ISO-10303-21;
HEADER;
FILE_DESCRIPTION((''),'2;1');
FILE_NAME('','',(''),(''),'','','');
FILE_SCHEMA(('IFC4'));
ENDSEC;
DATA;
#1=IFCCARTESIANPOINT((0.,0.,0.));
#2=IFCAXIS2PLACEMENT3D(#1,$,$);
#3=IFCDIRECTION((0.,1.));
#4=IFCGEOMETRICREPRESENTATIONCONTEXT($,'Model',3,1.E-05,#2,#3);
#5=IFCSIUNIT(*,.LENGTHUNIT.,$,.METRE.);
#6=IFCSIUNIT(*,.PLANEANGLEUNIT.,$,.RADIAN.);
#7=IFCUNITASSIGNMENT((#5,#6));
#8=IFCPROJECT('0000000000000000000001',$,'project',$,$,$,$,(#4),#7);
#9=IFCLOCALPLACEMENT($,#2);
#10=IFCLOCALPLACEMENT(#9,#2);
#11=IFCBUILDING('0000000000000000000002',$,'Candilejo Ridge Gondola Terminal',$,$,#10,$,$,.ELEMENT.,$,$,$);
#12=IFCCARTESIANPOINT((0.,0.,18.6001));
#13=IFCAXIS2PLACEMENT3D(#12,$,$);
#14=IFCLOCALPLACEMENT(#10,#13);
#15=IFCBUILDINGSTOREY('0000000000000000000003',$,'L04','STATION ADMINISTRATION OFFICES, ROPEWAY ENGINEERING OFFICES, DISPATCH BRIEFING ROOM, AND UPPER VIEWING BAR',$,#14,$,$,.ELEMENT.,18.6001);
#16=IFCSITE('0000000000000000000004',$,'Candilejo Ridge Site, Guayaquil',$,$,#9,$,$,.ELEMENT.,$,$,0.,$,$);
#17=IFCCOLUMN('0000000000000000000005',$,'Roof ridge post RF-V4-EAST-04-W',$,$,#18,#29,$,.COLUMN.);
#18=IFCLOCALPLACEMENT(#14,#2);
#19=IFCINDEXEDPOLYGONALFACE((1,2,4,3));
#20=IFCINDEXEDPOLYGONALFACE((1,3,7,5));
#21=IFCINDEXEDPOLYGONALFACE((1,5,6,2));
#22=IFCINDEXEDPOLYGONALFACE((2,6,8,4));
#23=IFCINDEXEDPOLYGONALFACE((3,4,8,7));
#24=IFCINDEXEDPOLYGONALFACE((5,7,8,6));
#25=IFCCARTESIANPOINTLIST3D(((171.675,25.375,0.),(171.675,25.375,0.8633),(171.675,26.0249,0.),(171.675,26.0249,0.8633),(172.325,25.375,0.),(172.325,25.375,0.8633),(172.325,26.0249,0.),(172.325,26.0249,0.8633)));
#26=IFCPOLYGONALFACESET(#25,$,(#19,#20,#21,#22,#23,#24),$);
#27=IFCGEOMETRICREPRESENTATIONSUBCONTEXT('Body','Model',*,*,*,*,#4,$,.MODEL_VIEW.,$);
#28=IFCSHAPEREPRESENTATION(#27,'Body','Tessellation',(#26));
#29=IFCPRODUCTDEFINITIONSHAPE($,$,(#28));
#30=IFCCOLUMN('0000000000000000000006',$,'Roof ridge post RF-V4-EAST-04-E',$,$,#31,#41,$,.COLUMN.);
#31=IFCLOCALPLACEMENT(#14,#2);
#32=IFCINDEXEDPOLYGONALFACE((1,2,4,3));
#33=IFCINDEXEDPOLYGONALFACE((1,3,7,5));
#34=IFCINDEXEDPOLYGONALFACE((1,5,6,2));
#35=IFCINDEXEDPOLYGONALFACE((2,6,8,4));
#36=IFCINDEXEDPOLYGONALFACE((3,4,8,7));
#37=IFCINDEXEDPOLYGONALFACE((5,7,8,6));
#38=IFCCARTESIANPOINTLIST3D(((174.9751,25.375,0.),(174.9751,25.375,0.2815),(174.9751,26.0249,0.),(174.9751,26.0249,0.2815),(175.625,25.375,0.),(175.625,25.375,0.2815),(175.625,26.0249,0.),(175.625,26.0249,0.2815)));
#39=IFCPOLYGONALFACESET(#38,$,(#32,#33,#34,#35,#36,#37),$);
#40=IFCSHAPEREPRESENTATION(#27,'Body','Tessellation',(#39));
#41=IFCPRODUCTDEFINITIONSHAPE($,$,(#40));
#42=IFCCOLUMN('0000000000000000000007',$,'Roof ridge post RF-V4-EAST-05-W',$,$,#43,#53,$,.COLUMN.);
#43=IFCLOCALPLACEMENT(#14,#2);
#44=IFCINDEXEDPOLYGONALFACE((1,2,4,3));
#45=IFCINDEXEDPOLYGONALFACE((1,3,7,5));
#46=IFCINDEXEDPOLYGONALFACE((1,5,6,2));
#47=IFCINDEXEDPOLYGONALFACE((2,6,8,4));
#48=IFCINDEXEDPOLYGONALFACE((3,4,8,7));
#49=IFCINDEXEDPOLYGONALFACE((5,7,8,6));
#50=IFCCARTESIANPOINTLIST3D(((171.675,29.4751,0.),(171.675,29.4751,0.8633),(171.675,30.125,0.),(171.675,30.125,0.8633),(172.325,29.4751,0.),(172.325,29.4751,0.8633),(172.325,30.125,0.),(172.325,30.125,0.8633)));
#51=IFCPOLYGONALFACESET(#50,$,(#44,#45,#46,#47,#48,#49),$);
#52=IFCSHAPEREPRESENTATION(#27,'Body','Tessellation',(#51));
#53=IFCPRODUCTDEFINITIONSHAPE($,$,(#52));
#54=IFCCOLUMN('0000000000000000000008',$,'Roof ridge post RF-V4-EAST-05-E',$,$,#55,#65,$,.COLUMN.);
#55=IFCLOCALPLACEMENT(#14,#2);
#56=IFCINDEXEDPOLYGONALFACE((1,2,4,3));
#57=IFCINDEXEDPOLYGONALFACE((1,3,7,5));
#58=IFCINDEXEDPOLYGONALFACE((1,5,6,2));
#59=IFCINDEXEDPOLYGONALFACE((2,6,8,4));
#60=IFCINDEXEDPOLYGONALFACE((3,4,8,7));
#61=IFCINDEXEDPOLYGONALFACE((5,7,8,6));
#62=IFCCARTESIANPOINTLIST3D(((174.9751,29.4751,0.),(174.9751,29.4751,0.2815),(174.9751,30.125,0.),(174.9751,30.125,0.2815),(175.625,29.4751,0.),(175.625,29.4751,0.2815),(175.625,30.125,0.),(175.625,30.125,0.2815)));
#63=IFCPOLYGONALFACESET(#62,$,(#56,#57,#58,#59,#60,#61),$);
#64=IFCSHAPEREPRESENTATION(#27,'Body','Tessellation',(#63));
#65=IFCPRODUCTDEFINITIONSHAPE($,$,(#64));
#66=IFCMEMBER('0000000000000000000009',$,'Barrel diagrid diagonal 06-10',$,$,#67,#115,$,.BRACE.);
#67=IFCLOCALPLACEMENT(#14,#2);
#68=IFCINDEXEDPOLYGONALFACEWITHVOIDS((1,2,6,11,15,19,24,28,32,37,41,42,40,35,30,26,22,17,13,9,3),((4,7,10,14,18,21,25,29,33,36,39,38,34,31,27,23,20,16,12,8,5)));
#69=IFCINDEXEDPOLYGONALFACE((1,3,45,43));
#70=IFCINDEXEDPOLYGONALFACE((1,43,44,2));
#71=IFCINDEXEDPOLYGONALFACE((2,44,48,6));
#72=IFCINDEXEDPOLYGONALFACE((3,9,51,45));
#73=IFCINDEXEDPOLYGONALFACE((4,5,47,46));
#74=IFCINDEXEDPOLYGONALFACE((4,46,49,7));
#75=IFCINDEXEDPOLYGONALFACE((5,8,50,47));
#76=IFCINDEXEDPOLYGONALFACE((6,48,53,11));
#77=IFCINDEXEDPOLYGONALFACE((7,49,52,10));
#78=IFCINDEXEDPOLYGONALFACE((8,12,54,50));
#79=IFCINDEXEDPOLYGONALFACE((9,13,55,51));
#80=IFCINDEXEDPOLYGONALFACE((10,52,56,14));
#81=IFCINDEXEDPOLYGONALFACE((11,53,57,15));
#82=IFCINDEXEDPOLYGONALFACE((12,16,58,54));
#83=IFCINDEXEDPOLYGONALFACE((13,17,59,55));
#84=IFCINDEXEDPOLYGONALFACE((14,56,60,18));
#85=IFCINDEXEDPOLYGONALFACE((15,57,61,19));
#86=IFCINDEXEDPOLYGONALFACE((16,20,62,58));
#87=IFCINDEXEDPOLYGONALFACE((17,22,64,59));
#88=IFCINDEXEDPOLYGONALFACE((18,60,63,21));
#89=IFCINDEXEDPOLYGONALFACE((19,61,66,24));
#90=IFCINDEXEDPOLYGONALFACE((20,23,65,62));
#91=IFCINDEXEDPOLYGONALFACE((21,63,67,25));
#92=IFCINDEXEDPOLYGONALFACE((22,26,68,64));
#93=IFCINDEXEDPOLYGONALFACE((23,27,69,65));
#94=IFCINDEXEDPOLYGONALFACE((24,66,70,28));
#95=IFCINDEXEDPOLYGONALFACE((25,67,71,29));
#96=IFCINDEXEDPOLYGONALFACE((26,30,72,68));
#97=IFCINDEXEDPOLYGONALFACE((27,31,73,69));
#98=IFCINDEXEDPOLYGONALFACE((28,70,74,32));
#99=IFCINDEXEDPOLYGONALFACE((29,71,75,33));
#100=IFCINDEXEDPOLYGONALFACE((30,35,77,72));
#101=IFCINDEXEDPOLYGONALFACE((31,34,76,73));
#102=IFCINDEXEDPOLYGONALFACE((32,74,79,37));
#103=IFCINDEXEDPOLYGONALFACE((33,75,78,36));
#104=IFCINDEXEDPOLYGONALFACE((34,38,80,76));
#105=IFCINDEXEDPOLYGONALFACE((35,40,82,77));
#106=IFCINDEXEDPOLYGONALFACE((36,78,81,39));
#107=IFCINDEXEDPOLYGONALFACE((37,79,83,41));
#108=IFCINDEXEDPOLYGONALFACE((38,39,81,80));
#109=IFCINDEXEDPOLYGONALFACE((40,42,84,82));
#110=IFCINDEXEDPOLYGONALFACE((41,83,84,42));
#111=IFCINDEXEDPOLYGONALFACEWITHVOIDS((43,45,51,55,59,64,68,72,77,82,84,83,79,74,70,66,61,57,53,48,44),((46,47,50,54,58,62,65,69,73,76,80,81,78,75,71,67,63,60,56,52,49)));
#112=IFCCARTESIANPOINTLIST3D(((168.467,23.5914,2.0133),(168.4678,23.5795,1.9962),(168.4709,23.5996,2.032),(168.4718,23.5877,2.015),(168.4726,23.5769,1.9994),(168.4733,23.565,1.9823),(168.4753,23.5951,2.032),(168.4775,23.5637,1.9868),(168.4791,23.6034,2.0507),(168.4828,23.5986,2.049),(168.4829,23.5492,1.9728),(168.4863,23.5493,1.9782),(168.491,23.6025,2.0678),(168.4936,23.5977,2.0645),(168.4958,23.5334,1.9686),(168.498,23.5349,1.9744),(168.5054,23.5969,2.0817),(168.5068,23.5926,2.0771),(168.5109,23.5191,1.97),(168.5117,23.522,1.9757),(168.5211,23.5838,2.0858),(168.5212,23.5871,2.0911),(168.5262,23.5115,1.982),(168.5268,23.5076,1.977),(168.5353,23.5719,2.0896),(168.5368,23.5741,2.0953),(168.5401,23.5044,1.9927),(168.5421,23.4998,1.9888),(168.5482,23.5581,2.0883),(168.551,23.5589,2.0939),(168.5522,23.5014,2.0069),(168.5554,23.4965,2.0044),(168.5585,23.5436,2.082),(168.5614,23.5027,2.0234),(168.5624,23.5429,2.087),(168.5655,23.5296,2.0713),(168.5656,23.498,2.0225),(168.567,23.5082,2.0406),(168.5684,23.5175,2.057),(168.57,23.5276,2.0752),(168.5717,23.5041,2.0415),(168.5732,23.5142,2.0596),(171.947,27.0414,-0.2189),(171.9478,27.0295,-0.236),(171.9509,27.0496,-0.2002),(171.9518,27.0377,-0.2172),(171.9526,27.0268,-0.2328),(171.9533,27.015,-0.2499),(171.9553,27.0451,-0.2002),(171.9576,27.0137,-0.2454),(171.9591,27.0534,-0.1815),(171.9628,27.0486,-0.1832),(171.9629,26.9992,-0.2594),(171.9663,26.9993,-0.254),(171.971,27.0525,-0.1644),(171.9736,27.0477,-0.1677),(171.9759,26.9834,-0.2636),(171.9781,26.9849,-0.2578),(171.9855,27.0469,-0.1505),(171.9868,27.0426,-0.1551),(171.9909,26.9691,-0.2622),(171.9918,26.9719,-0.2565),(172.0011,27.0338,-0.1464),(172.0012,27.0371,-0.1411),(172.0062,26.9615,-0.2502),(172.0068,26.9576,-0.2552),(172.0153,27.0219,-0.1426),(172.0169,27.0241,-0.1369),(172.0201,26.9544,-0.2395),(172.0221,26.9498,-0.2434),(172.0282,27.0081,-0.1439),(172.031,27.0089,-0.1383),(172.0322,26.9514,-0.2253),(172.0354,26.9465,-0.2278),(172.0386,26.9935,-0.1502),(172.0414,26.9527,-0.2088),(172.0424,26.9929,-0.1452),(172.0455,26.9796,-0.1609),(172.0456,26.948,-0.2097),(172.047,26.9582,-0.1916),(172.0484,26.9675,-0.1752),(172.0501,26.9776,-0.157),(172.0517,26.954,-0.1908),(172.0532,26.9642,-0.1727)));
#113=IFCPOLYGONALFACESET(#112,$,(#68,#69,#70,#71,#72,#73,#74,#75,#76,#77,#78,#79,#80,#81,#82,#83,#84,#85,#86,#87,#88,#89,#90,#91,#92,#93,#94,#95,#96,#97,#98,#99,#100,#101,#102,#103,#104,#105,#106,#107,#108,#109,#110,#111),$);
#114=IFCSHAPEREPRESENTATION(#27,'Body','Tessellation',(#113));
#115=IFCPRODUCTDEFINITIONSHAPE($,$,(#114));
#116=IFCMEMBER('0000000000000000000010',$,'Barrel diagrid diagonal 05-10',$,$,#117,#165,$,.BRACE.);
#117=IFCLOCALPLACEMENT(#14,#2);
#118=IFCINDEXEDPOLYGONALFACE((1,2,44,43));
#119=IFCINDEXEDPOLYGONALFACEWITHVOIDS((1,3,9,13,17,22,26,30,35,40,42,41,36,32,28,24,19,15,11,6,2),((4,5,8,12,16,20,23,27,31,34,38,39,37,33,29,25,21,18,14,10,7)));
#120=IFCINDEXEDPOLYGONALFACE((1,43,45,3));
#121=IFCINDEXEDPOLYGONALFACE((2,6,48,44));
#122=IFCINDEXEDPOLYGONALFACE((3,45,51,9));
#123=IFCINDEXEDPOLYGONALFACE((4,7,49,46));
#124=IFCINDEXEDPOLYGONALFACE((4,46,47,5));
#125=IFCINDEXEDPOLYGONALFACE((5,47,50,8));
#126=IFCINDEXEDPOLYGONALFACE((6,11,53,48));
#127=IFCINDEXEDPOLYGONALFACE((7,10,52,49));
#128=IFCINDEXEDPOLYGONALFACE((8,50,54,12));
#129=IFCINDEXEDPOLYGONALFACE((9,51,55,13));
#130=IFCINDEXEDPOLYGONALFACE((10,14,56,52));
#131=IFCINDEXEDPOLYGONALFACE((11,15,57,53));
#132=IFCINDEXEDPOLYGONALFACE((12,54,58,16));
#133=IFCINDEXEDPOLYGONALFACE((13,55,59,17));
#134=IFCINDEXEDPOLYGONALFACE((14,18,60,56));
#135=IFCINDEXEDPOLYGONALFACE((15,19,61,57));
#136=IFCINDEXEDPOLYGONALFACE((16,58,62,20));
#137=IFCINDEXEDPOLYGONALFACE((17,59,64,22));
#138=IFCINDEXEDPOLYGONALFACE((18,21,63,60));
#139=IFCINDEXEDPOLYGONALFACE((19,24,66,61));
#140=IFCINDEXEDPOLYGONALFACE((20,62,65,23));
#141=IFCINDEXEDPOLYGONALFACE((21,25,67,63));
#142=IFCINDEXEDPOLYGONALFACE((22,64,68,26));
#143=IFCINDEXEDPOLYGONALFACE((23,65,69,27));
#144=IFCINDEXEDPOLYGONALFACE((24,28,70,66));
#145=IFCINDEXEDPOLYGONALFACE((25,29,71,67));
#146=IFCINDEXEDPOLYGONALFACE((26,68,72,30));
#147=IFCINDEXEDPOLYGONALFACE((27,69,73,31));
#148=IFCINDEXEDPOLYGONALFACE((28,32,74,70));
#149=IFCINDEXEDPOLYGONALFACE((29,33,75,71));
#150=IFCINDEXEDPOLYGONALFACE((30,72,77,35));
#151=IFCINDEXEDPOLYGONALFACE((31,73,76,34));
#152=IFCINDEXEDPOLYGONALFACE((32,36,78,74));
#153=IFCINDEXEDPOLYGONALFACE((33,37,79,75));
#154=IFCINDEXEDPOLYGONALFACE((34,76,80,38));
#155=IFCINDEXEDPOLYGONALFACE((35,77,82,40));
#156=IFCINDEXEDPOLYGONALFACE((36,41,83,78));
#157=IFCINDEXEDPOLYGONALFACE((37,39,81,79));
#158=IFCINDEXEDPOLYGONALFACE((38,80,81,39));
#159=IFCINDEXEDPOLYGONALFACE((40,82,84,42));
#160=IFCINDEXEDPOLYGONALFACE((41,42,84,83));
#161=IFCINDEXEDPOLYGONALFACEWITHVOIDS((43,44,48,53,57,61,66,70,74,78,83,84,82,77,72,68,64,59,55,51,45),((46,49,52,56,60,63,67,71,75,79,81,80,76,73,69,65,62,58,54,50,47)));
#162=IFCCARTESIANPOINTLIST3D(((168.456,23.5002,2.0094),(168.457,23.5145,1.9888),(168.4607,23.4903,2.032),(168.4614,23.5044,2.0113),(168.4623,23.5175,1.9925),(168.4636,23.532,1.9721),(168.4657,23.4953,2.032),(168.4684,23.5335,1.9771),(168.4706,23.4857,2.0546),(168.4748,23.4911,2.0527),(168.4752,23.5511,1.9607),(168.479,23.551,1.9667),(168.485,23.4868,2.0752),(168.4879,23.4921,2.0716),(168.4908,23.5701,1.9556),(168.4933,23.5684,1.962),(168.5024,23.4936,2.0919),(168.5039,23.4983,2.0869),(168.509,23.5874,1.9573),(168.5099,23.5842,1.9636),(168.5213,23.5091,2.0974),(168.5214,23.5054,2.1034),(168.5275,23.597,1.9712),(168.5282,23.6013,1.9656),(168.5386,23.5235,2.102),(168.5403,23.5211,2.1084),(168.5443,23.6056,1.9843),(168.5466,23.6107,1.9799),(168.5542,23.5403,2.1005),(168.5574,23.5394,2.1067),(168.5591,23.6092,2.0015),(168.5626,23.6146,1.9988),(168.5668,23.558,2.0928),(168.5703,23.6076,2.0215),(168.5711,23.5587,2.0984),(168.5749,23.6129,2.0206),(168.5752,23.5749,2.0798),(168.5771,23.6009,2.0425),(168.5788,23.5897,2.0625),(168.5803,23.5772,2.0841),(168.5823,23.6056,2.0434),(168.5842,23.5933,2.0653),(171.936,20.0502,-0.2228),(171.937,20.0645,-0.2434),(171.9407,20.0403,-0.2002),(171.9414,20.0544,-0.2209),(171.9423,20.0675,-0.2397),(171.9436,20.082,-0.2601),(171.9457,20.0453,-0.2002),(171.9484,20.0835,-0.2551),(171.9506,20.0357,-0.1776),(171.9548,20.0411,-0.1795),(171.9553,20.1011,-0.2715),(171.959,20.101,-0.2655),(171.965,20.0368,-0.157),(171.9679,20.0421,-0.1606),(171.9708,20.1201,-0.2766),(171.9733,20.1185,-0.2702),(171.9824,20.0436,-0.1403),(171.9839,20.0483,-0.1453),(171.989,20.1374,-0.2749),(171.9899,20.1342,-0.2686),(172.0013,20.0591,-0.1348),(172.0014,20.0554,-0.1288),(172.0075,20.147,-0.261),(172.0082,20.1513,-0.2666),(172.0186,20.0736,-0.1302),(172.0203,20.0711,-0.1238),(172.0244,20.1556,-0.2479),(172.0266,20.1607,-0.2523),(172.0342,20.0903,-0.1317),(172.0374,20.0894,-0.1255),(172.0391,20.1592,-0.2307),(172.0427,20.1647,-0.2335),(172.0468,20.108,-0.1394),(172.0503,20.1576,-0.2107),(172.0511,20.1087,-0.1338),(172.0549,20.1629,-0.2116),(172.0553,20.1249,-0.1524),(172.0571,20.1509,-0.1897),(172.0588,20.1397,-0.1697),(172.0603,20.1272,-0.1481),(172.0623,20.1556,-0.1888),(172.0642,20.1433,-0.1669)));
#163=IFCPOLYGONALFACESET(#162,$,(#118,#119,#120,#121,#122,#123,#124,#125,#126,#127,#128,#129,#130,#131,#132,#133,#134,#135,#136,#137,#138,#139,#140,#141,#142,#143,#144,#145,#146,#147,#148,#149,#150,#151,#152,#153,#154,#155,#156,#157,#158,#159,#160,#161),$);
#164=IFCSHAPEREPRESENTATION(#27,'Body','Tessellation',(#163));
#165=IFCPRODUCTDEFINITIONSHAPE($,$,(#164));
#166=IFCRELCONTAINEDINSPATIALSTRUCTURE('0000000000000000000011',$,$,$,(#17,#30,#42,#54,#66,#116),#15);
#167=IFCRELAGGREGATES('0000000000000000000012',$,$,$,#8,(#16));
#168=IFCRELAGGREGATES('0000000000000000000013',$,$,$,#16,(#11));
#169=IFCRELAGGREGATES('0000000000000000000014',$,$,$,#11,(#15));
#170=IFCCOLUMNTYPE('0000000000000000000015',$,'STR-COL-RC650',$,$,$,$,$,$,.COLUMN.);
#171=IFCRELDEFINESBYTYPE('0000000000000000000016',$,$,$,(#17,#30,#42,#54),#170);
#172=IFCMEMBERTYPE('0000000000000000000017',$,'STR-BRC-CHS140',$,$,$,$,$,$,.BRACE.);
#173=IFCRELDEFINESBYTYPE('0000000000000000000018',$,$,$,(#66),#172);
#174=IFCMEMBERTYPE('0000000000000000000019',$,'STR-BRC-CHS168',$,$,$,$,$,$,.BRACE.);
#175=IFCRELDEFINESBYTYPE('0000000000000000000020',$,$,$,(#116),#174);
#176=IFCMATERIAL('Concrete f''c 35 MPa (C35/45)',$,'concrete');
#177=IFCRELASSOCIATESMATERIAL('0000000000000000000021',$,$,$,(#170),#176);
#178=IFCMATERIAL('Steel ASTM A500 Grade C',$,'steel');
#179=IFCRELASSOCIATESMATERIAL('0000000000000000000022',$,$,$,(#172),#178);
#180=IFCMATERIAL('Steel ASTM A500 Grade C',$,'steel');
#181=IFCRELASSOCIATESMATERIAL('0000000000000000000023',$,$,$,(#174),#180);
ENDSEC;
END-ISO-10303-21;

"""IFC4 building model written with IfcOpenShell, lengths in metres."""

from ifc_helpers import new_model, si_unit, direction, frame, origin, origin_2d, place, context, subcontext, project, spatial, rectangle, hollow_circle, extrude, material, material_profile, profile_set, type_object, element, save


model = new_model("IFC4")

# Units and contexts
model_context = context("Model", 3, precision=1e-05, world=origin(), true_north=direction((0.0, 1.0)))
body_context = subcontext(model_context, "Body", "Model", "MODEL_VIEW")
ifc_project = project(units=[si_unit("LENGTHUNIT", "METRE"), si_unit("PLANEANGLEUNIT", "RADIAN")], contexts=[model_context])

# Site, building, storey
site_placement = place(None, origin())
site = spatial("IfcSite", under=ifc_project, at=site_placement, Name="Candilejo Ridge Site, Guayaquil", CompositionType="ELEMENT", RefElevation=0.0)
building_placement = place(site_placement, origin())
building = spatial("IfcBuilding", under=site, at=building_placement, Name="Candilejo Ridge Gondola Terminal", CompositionType="ELEMENT")
storey_placement = place(building_placement, frame((0.0, 0.0, 18.6001)))
storey = spatial("IfcBuildingStorey", under=building, at=storey_placement, Name="L04", Description="STATION ADMINISTRATION OFFICES, ROPEWAY ENGINEERING OFFICES, DISPATCH BRIEFING ROOM, AND UPPER VIEWING BAR", CompositionType="ELEMENT", Elevation=18.6001)

# Columns
ifc_material_1 = material(Name="Concrete f'c 35 MPa (C35/45)", Category="concrete")
ifc_material_profile_1 = material_profile(ifc_material_1, rectangle(XDim=0.6499, YDim=0.6499, at=origin_2d()))
ifc_profile_set_1 = profile_set([ifc_material_profile_1], Name="Concrete f'c 35 MPa (C35/45)")
column_type = type_object("IfcColumnType", Name="STR-COL-RC650", PredefinedType="COLUMN", material=ifc_profile_set_1)
column_1_placement = place(storey_placement, frame((172.0, 25.7, 0.0), z_axis=(0.0, 0.0, 1.0), x_axis=(1.0, 0.0, 0.0)))
element("IfcColumn", 1, at=column_1_placement, inside=storey, type_object=column_type, Name="Roof ridge post RF-V4-EAST-04-W", PredefinedType="COLUMN", context=body_context, shape_type="SweptSolid", body=[
    extrude(rectangle(XDim=0.6499, YDim=0.6499, at=origin_2d()), origin(), (0.0, 0.0, 1.0), 0.8633),
])
column_2_placement = place(storey_placement, frame((175.3, 25.7, 0.0), z_axis=(0.0, 0.0, 1.0), x_axis=(1.0, 0.0, 0.0)))
element("IfcColumn", 2, at=column_2_placement, inside=storey, type_object=column_type, Name="Roof ridge post RF-V4-EAST-04-E", PredefinedType="COLUMN", context=body_context, shape_type="SweptSolid", body=[
    extrude(rectangle(XDim=0.6499, YDim=0.6499, at=origin_2d()), origin(), (0.0, 0.0, 1.0), 0.2815),
])
column_3_placement = place(storey_placement, frame((172.0, 29.8, 0.0), z_axis=(0.0, 0.0, 1.0), x_axis=(1.0, 0.0, 0.0)))
element("IfcColumn", 3, at=column_3_placement, inside=storey, type_object=column_type, Name="Roof ridge post RF-V4-EAST-05-W", PredefinedType="COLUMN", context=body_context, shape_type="SweptSolid", body=[
    extrude(rectangle(XDim=0.6499, YDim=0.6499, at=origin_2d()), origin(), (0.0, 0.0, 1.0), 0.8633),
])
column_4_placement = place(storey_placement, frame((175.3, 29.8, 0.0), z_axis=(0.0, 0.0, 1.0), x_axis=(1.0, 0.0, 0.0)))
element("IfcColumn", 4, at=column_4_placement, inside=storey, type_object=column_type, Name="Roof ridge post RF-V4-EAST-05-E", PredefinedType="COLUMN", context=body_context, shape_type="SweptSolid", body=[
    extrude(rectangle(XDim=0.6499, YDim=0.6499, at=origin_2d()), origin(), (0.0, 0.0, 1.0), 0.2815),
])

# Members
ifc_material_2 = material(Name="Steel ASTM A500 Grade C", Category="steel")
ifc_material_profile_2 = material_profile(ifc_material_2, hollow_circle(Radius=0.0698, WallThickness=0.0063, at=origin_2d()))
ifc_profile_set_2 = profile_set([ifc_material_profile_2], Name="Steel ASTM A500 Grade C")
member_type_1 = type_object("IfcMemberType", Name="STR-BRC-CHS140", PredefinedType="BRACE", material=ifc_profile_set_2)
member_1_placement = place(storey_placement, frame((168.52, 23.55, 2.032), z_axis=(0.646271, 0.640695, -0.41454), x_axis=(-0.704036, 0.710164, 0.0)))
element("IfcMember", 5, at=member_1_placement, inside=storey, type_object=member_type_1, Name="Barrel diagrid diagonal 06-10", PredefinedType="BRACE", context=body_context, shape_type="SweptSolid", body=[
    extrude(hollow_circle(Radius=0.0698, WallThickness=0.0063, at=origin_2d()), origin(), (0.0, 0.0, 1.0), 5.3848),
])
ifc_material_3 = material(Name="Steel ASTM A500 Grade C", Category="steel")
ifc_material_profile_3 = material_profile(ifc_material_3, hollow_circle(Radius=0.0842, WallThickness=0.0071, at=origin_2d()))
ifc_profile_set_3 = profile_set([ifc_material_profile_3], Name="Steel ASTM A500 Grade C")
member_type_2 = type_object("IfcMemberType", Name="STR-BRC-CHS168", PredefinedType="BRACE", material=ifc_profile_set_3)
member_2_placement = place(storey_placement, frame((172.0, 20.1001, -0.2002), z_axis=(-0.646271, 0.640695, 0.41454), x_axis=(-0.704036, -0.710164, 0.0)))
element("IfcMember", 6, at=member_2_placement, inside=storey, type_object=member_type_2, Name="Barrel diagrid diagonal 05-10", PredefinedType="BRACE", context=body_context, shape_type="SweptSolid", body=[
    extrude(hollow_circle(Radius=0.0842, WallThickness=0.0071, at=origin_2d()), origin(), (0.0, 0.0, 1.0), 5.3848),
])

save(model, "model.ifc")
